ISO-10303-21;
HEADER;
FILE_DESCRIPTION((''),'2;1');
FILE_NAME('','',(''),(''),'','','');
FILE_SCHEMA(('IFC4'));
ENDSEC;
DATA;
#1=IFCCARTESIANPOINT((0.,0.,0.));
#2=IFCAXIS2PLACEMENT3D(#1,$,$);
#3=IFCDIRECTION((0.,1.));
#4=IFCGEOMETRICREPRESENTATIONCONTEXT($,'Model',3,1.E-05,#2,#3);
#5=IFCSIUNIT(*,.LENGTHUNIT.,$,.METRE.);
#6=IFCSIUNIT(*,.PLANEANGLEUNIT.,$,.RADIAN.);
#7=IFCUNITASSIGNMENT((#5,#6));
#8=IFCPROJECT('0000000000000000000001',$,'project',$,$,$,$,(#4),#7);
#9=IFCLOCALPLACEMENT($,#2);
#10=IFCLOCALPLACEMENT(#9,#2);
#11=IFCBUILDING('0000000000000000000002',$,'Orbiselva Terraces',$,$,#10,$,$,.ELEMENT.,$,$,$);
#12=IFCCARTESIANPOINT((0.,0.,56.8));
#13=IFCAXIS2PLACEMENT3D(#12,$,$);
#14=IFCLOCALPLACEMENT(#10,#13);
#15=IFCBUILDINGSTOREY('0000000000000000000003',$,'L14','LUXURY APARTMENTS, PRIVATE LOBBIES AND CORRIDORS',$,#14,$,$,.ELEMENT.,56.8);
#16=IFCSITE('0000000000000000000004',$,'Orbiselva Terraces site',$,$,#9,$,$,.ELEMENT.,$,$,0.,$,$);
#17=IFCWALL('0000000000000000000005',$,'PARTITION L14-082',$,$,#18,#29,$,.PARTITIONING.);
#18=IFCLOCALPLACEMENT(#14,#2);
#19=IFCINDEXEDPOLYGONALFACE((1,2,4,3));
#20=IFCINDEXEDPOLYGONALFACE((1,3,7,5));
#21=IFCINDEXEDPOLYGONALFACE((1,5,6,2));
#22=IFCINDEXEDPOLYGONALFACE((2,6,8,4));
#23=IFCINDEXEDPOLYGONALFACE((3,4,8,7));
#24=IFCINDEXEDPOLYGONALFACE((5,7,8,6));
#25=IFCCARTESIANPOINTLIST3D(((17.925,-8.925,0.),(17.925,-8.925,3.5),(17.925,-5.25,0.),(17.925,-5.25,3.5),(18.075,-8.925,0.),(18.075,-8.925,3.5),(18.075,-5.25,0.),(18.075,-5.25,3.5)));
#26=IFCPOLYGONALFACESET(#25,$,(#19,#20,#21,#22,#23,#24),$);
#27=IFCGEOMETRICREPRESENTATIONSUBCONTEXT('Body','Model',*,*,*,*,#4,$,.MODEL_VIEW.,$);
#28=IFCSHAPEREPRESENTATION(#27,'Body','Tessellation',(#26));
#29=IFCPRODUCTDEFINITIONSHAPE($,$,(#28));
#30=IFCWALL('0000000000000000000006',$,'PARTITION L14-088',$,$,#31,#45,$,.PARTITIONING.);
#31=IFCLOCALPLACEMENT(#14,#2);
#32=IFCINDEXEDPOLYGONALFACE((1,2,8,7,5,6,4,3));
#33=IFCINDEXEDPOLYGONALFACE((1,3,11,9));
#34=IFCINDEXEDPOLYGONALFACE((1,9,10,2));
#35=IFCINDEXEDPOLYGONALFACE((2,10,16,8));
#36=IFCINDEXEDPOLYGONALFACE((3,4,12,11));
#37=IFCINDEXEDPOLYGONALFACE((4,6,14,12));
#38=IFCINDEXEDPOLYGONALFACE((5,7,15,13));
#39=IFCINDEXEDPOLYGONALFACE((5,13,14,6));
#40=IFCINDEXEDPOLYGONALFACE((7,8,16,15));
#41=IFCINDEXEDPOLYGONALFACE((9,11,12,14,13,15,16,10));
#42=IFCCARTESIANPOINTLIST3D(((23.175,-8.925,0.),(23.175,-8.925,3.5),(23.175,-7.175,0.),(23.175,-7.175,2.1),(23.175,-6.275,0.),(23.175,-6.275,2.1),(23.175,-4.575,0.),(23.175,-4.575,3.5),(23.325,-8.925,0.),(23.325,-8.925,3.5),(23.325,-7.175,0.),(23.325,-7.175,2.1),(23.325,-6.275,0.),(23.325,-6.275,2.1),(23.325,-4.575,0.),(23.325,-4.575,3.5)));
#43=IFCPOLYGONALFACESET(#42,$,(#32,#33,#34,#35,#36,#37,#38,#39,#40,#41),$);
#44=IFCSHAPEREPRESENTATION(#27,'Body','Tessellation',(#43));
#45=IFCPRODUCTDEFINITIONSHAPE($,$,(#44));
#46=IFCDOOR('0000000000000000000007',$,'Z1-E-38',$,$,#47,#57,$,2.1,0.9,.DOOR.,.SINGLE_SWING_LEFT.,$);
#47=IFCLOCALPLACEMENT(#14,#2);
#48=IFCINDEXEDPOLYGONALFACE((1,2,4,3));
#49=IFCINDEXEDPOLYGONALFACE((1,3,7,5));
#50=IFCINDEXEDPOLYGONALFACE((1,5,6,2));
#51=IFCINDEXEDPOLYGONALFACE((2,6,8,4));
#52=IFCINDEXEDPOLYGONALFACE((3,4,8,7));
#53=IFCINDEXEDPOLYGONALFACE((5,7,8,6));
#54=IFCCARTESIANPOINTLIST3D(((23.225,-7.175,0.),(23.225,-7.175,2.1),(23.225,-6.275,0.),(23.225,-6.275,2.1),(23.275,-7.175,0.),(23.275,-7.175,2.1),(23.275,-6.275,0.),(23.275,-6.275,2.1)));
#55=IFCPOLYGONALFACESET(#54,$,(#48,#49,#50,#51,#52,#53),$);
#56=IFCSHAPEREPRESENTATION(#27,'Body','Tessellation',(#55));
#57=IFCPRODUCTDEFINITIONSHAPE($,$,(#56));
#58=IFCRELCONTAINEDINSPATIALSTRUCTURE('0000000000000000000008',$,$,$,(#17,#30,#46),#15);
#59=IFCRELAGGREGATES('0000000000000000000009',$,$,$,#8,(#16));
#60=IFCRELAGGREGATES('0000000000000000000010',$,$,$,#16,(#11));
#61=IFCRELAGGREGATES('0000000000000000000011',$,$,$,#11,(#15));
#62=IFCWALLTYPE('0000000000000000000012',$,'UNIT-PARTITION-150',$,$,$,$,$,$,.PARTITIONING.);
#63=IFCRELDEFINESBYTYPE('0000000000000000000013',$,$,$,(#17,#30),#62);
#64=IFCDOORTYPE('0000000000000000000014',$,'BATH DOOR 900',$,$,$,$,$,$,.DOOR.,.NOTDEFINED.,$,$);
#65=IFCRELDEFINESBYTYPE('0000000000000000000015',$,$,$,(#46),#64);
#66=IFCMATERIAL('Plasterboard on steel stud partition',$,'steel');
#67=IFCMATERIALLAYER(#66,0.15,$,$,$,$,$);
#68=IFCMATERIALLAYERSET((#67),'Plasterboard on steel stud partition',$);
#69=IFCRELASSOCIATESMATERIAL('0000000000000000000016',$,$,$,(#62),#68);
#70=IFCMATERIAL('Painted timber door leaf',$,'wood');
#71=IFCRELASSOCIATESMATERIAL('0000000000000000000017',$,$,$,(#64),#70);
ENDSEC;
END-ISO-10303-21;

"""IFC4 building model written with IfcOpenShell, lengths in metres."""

from ifc_helpers import new_model, si_unit, direction, frame, frame_2d, origin, place, context, subcontext, project, spatial, rectangle, extrude, material, layer, layer_set, type_object, element, fill, save


model = new_model("IFC4")

# Units and contexts
model_context = context("Model", 3, precision=1e-05, world=origin(), true_north=direction((0.0, 1.0)))
body_context = subcontext(model_context, "Body", "Model", "MODEL_VIEW")
ifc_project = project(units=[si_unit("LENGTHUNIT", "METRE"), si_unit("PLANEANGLEUNIT", "RADIAN")], contexts=[model_context])

# Site, building, storey
site_placement = place(None, origin())
site = spatial("IfcSite", under=ifc_project, at=site_placement, Name="Orbiselva Terraces site", CompositionType="ELEMENT", RefElevation=0.0)
building_placement = place(site_placement, origin())
building = spatial("IfcBuilding", under=site, at=building_placement, Name="Orbiselva Terraces", CompositionType="ELEMENT")
storey_placement = place(building_placement, frame((0.0, 0.0, 56.8)))
storey = spatial("IfcBuildingStorey", under=building, at=storey_placement, Name="L14", Description="LUXURY APARTMENTS, PRIVATE LOBBIES AND CORRIDORS", CompositionType="ELEMENT", Elevation=56.8)

# Shared definitions
ifc_material_1 = material(Name="Plasterboard on steel stud partition", Category="steel")
ifc_layer_1 = layer(ifc_material_1, 0.15)
ifc_layer_set_1 = layer_set([ifc_layer_1], Name="Plasterboard on steel stud partition")
wall_type_1 = type_object("IfcWallType", Name="UNIT-PARTITION-150", PredefinedType="PARTITIONING", material=ifc_layer_set_1)

# Shared definitions
ifc_material_2 = material(Name="Painted timber door leaf", Category="wood")

# Wall
wall_1_placement = place(storey_placement, frame((18.0, -8.925, 0.0), z_axis=(0.0, 0.0, 1.0), x_axis=(0.0, 1.0, 0.0)))
element("IfcWall", 1, at=wall_1_placement, inside=storey, type_object=wall_type_1, Name="PARTITION L14-082", PredefinedType="PARTITIONING", context=body_context, shape_type="SweptSolid", body=[
    extrude(rectangle(XDim=3.675, YDim=0.15, at=frame_2d((1.8375, 0.0))), origin(), (0.0, 0.0, 1.0), 3.5),
])

# Wall, opening, door
wall_2_placement = place(storey_placement, frame((23.25, -4.575, 0.0), z_axis=(0.0, 0.0, 1.0), x_axis=(0.0, -1.0, 0.0)))
wall_2 = element("IfcWall", 2, at=wall_2_placement, inside=storey, type_object=wall_type_1, Name="PARTITION L14-088", PredefinedType="PARTITIONING", context=body_context, shape_type="SweptSolid", body=[
    extrude(rectangle(XDim=4.35, YDim=0.15, at=frame_2d((2.175, 0.0))), origin(), (0.0, 0.0, 1.0), 3.5),
])
opening_1_placement = place(wall_2_placement, frame((1.7, 0.0, 0.0)))
opening_1 = element("IfcOpeningElement", 3, at=opening_1_placement, cuts=wall_2, PredefinedType="OPENING", context=body_context, shape_type="SweptSolid", body=[
    extrude(rectangle(XDim=0.9, YDim=2.1, at=frame_2d((0.45, 1.05))), frame((0.0, 0.085, 0.0), z_axis=(0.0, -1.0, 0.0), x_axis=(1.0, 0.0, 0.0)), (0.0, 0.0, 1.0), 0.17),
])
door_type_1 = type_object("IfcDoorType", Name="BATH DOOR 900", OperationType="NOTDEFINED", PredefinedType="DOOR", material=ifc_material_2)
door_1_placement = place(opening_1_placement, origin())
door_1 = element("IfcDoor", 4, at=door_1_placement, inside=storey, type_object=door_type_1, Name="Z1-E-38", OperationType="SINGLE_SWING_LEFT", OverallHeight=2.1, OverallWidth=0.9, PredefinedType="DOOR", context=body_context, shape_type="SweptSolid", body=[
    extrude(rectangle(XDim=0.9, YDim=2.1, at=frame_2d((0.45, 1.05))), frame((0.0, 0.025, 0.0), z_axis=(0.0, -1.0, 0.0), x_axis=(1.0, 0.0, 0.0)), (0.0, 0.0, 1.0), 0.05),
])
fill(opening_1, door_1)

save(model, "model.ifc")
